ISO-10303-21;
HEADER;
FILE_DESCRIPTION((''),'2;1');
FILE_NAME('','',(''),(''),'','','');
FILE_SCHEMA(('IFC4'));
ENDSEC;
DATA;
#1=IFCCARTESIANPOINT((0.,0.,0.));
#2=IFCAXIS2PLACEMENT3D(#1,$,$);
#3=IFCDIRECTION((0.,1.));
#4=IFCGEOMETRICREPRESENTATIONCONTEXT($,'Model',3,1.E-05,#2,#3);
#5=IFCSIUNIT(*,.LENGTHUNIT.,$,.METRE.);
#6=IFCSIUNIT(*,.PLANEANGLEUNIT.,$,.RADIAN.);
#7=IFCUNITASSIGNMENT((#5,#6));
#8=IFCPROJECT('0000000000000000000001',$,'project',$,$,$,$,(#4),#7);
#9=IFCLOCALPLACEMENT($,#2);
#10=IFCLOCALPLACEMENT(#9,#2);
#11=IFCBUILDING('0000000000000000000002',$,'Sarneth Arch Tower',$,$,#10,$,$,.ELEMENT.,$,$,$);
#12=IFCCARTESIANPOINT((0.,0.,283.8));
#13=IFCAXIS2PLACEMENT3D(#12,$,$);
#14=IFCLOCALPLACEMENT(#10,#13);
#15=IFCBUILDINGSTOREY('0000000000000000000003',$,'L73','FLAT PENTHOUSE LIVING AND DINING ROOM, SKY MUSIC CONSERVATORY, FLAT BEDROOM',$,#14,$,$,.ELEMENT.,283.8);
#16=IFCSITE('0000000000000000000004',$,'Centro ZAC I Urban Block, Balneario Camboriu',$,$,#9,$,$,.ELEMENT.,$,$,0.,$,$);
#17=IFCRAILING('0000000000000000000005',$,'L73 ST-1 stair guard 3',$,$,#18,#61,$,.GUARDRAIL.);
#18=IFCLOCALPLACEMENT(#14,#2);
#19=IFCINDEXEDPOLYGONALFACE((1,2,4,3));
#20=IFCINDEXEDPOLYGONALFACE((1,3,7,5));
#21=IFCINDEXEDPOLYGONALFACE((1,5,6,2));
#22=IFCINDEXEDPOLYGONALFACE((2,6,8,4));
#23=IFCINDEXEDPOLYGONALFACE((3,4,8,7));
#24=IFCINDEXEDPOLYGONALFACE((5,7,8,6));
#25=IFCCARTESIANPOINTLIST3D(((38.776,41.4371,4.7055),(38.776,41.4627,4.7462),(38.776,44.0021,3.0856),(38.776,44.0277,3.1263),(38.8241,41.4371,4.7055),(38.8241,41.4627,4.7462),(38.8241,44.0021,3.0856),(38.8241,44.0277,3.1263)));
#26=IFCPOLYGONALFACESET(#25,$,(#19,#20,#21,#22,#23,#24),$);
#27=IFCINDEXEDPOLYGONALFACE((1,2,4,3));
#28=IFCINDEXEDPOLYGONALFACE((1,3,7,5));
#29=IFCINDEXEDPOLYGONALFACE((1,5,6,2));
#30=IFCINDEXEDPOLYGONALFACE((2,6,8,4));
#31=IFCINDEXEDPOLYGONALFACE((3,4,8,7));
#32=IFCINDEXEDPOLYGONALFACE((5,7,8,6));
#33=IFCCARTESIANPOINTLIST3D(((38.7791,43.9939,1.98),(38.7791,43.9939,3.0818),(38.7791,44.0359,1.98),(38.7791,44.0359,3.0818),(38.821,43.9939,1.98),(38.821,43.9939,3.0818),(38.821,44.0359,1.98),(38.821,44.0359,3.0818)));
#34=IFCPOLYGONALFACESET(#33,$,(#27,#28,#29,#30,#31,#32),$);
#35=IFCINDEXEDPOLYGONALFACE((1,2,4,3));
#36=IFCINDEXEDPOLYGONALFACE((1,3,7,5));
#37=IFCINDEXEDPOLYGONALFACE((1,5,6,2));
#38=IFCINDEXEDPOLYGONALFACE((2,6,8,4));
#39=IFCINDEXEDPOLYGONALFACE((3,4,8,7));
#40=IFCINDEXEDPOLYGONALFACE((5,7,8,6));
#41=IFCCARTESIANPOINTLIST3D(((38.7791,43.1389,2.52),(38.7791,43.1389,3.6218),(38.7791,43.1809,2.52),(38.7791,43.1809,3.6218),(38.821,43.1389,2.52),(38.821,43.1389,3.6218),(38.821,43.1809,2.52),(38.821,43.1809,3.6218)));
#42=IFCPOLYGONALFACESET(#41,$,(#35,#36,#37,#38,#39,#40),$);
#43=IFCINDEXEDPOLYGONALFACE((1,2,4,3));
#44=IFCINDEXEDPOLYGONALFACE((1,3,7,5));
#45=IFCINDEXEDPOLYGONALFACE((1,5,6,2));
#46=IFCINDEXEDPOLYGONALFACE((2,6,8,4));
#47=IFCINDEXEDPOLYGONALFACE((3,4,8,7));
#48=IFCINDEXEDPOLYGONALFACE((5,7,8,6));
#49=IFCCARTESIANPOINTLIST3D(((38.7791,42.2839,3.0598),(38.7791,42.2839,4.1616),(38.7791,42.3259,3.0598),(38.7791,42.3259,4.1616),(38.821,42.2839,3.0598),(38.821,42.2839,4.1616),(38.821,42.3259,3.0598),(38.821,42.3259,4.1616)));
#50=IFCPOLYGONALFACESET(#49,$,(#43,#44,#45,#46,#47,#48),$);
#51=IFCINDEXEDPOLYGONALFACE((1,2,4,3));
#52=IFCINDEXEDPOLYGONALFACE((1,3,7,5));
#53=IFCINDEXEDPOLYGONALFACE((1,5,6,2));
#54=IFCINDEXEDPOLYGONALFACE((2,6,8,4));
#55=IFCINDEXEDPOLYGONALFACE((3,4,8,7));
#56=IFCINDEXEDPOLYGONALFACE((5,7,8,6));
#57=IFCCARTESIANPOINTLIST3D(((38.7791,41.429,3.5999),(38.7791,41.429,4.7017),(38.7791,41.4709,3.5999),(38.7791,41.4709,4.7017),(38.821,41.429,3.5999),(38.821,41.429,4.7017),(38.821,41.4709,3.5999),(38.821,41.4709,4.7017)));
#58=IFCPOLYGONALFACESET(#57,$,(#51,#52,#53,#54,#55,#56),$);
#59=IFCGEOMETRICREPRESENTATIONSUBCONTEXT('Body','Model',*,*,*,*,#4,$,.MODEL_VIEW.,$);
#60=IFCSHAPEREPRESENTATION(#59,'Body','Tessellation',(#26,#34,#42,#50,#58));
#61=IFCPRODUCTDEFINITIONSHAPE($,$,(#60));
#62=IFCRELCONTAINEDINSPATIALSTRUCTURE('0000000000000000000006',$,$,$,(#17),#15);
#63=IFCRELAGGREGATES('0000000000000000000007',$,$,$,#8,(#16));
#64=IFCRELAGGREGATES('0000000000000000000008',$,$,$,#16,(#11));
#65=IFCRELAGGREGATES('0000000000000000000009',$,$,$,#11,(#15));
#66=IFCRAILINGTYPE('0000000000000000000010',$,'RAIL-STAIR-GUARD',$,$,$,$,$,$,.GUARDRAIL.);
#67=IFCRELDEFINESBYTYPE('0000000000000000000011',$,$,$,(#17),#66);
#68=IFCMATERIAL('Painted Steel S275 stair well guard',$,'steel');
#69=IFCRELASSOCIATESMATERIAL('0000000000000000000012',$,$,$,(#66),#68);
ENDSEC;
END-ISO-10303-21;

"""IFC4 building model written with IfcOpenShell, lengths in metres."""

from ifc_helpers import new_model, si_unit, direction, frame, origin, origin_2d, place, context, subcontext, project, spatial, rectangle, extrude, material, type_object, element, save


model = new_model("IFC4")

# Units and contexts
model_context = context("Model", 3, precision=1e-05, world=origin(), true_north=direction((0.0, 1.0)))
body_context = subcontext(model_context, "Body", "Model", "MODEL_VIEW")
ifc_project = project(units=[si_unit("LENGTHUNIT", "METRE"), si_unit("PLANEANGLEUNIT", "RADIAN")], contexts=[model_context])

# Site, building, storey
site_placement = place(None, origin())
site = spatial("IfcSite", under=ifc_project, at=site_placement, Name="Centro ZAC I Urban Block, Balneario Camboriu", CompositionType="ELEMENT", RefElevation=0.0)
building_placement = place(site_placement, origin())
building = spatial("IfcBuilding", under=site, at=building_placement, Name="Sarneth Arch Tower", CompositionType="ELEMENT")
storey_placement = place(building_placement, frame((0.0, 0.0, 283.8)))
storey = spatial("IfcBuildingStorey", under=building, at=storey_placement, Name="L73", Description="FLAT PENTHOUSE LIVING AND DINING ROOM, SKY MUSIC CONSERVATORY, FLAT BEDROOM", CompositionType="ELEMENT", Elevation=283.8)

# Railing
ifc_material_1 = material(Name="Painted Steel S275 stair well guard", Category="steel")
railing_type_1 = type_object("IfcRailingType", Name="RAIL-STAIR-GUARD", PredefinedType="GUARDRAIL", material=ifc_material_1)
railing_1_placement = place(storey_placement, frame((38.8, 44.0149, 1.98)))
element("IfcRailing", 1, at=railing_1_placement, inside=storey, type_object=railing_type_1, Name="L73 ST-1 stair guard 3", PredefinedType="GUARDRAIL", context=body_context, shape_type="SweptSolid", body=[
    extrude(rectangle(XDim=0.0481, YDim=0.0481, at=origin_2d()), frame((0.0, 0.0, 1.126), z_axis=(0.0, -0.845502, 0.533972), x_axis=(1.0, 0.0, 0.0)), (0.0, 0.0, 1.0), 3.0337),
    extrude(rectangle(XDim=0.042, YDim=0.042, at=origin_2d()), origin(), (0.0, 0.0, 1.0), 1.1018),
    extrude(rectangle(XDim=0.042, YDim=0.042, at=origin_2d()), frame((0.0, -0.855, 0.54)), (0.0, 0.0, 1.0), 1.1018),
    extrude(rectangle(XDim=0.042, YDim=0.042, at=origin_2d()), frame((0.0, -1.71, 1.0798)), (0.0, 0.0, 1.0), 1.1018),
    extrude(rectangle(XDim=0.042, YDim=0.042, at=origin_2d()), frame((0.0, -2.5649, 1.6199)), (0.0, 0.0, 1.0), 1.1018),
])

save(model, "model.ifc")
